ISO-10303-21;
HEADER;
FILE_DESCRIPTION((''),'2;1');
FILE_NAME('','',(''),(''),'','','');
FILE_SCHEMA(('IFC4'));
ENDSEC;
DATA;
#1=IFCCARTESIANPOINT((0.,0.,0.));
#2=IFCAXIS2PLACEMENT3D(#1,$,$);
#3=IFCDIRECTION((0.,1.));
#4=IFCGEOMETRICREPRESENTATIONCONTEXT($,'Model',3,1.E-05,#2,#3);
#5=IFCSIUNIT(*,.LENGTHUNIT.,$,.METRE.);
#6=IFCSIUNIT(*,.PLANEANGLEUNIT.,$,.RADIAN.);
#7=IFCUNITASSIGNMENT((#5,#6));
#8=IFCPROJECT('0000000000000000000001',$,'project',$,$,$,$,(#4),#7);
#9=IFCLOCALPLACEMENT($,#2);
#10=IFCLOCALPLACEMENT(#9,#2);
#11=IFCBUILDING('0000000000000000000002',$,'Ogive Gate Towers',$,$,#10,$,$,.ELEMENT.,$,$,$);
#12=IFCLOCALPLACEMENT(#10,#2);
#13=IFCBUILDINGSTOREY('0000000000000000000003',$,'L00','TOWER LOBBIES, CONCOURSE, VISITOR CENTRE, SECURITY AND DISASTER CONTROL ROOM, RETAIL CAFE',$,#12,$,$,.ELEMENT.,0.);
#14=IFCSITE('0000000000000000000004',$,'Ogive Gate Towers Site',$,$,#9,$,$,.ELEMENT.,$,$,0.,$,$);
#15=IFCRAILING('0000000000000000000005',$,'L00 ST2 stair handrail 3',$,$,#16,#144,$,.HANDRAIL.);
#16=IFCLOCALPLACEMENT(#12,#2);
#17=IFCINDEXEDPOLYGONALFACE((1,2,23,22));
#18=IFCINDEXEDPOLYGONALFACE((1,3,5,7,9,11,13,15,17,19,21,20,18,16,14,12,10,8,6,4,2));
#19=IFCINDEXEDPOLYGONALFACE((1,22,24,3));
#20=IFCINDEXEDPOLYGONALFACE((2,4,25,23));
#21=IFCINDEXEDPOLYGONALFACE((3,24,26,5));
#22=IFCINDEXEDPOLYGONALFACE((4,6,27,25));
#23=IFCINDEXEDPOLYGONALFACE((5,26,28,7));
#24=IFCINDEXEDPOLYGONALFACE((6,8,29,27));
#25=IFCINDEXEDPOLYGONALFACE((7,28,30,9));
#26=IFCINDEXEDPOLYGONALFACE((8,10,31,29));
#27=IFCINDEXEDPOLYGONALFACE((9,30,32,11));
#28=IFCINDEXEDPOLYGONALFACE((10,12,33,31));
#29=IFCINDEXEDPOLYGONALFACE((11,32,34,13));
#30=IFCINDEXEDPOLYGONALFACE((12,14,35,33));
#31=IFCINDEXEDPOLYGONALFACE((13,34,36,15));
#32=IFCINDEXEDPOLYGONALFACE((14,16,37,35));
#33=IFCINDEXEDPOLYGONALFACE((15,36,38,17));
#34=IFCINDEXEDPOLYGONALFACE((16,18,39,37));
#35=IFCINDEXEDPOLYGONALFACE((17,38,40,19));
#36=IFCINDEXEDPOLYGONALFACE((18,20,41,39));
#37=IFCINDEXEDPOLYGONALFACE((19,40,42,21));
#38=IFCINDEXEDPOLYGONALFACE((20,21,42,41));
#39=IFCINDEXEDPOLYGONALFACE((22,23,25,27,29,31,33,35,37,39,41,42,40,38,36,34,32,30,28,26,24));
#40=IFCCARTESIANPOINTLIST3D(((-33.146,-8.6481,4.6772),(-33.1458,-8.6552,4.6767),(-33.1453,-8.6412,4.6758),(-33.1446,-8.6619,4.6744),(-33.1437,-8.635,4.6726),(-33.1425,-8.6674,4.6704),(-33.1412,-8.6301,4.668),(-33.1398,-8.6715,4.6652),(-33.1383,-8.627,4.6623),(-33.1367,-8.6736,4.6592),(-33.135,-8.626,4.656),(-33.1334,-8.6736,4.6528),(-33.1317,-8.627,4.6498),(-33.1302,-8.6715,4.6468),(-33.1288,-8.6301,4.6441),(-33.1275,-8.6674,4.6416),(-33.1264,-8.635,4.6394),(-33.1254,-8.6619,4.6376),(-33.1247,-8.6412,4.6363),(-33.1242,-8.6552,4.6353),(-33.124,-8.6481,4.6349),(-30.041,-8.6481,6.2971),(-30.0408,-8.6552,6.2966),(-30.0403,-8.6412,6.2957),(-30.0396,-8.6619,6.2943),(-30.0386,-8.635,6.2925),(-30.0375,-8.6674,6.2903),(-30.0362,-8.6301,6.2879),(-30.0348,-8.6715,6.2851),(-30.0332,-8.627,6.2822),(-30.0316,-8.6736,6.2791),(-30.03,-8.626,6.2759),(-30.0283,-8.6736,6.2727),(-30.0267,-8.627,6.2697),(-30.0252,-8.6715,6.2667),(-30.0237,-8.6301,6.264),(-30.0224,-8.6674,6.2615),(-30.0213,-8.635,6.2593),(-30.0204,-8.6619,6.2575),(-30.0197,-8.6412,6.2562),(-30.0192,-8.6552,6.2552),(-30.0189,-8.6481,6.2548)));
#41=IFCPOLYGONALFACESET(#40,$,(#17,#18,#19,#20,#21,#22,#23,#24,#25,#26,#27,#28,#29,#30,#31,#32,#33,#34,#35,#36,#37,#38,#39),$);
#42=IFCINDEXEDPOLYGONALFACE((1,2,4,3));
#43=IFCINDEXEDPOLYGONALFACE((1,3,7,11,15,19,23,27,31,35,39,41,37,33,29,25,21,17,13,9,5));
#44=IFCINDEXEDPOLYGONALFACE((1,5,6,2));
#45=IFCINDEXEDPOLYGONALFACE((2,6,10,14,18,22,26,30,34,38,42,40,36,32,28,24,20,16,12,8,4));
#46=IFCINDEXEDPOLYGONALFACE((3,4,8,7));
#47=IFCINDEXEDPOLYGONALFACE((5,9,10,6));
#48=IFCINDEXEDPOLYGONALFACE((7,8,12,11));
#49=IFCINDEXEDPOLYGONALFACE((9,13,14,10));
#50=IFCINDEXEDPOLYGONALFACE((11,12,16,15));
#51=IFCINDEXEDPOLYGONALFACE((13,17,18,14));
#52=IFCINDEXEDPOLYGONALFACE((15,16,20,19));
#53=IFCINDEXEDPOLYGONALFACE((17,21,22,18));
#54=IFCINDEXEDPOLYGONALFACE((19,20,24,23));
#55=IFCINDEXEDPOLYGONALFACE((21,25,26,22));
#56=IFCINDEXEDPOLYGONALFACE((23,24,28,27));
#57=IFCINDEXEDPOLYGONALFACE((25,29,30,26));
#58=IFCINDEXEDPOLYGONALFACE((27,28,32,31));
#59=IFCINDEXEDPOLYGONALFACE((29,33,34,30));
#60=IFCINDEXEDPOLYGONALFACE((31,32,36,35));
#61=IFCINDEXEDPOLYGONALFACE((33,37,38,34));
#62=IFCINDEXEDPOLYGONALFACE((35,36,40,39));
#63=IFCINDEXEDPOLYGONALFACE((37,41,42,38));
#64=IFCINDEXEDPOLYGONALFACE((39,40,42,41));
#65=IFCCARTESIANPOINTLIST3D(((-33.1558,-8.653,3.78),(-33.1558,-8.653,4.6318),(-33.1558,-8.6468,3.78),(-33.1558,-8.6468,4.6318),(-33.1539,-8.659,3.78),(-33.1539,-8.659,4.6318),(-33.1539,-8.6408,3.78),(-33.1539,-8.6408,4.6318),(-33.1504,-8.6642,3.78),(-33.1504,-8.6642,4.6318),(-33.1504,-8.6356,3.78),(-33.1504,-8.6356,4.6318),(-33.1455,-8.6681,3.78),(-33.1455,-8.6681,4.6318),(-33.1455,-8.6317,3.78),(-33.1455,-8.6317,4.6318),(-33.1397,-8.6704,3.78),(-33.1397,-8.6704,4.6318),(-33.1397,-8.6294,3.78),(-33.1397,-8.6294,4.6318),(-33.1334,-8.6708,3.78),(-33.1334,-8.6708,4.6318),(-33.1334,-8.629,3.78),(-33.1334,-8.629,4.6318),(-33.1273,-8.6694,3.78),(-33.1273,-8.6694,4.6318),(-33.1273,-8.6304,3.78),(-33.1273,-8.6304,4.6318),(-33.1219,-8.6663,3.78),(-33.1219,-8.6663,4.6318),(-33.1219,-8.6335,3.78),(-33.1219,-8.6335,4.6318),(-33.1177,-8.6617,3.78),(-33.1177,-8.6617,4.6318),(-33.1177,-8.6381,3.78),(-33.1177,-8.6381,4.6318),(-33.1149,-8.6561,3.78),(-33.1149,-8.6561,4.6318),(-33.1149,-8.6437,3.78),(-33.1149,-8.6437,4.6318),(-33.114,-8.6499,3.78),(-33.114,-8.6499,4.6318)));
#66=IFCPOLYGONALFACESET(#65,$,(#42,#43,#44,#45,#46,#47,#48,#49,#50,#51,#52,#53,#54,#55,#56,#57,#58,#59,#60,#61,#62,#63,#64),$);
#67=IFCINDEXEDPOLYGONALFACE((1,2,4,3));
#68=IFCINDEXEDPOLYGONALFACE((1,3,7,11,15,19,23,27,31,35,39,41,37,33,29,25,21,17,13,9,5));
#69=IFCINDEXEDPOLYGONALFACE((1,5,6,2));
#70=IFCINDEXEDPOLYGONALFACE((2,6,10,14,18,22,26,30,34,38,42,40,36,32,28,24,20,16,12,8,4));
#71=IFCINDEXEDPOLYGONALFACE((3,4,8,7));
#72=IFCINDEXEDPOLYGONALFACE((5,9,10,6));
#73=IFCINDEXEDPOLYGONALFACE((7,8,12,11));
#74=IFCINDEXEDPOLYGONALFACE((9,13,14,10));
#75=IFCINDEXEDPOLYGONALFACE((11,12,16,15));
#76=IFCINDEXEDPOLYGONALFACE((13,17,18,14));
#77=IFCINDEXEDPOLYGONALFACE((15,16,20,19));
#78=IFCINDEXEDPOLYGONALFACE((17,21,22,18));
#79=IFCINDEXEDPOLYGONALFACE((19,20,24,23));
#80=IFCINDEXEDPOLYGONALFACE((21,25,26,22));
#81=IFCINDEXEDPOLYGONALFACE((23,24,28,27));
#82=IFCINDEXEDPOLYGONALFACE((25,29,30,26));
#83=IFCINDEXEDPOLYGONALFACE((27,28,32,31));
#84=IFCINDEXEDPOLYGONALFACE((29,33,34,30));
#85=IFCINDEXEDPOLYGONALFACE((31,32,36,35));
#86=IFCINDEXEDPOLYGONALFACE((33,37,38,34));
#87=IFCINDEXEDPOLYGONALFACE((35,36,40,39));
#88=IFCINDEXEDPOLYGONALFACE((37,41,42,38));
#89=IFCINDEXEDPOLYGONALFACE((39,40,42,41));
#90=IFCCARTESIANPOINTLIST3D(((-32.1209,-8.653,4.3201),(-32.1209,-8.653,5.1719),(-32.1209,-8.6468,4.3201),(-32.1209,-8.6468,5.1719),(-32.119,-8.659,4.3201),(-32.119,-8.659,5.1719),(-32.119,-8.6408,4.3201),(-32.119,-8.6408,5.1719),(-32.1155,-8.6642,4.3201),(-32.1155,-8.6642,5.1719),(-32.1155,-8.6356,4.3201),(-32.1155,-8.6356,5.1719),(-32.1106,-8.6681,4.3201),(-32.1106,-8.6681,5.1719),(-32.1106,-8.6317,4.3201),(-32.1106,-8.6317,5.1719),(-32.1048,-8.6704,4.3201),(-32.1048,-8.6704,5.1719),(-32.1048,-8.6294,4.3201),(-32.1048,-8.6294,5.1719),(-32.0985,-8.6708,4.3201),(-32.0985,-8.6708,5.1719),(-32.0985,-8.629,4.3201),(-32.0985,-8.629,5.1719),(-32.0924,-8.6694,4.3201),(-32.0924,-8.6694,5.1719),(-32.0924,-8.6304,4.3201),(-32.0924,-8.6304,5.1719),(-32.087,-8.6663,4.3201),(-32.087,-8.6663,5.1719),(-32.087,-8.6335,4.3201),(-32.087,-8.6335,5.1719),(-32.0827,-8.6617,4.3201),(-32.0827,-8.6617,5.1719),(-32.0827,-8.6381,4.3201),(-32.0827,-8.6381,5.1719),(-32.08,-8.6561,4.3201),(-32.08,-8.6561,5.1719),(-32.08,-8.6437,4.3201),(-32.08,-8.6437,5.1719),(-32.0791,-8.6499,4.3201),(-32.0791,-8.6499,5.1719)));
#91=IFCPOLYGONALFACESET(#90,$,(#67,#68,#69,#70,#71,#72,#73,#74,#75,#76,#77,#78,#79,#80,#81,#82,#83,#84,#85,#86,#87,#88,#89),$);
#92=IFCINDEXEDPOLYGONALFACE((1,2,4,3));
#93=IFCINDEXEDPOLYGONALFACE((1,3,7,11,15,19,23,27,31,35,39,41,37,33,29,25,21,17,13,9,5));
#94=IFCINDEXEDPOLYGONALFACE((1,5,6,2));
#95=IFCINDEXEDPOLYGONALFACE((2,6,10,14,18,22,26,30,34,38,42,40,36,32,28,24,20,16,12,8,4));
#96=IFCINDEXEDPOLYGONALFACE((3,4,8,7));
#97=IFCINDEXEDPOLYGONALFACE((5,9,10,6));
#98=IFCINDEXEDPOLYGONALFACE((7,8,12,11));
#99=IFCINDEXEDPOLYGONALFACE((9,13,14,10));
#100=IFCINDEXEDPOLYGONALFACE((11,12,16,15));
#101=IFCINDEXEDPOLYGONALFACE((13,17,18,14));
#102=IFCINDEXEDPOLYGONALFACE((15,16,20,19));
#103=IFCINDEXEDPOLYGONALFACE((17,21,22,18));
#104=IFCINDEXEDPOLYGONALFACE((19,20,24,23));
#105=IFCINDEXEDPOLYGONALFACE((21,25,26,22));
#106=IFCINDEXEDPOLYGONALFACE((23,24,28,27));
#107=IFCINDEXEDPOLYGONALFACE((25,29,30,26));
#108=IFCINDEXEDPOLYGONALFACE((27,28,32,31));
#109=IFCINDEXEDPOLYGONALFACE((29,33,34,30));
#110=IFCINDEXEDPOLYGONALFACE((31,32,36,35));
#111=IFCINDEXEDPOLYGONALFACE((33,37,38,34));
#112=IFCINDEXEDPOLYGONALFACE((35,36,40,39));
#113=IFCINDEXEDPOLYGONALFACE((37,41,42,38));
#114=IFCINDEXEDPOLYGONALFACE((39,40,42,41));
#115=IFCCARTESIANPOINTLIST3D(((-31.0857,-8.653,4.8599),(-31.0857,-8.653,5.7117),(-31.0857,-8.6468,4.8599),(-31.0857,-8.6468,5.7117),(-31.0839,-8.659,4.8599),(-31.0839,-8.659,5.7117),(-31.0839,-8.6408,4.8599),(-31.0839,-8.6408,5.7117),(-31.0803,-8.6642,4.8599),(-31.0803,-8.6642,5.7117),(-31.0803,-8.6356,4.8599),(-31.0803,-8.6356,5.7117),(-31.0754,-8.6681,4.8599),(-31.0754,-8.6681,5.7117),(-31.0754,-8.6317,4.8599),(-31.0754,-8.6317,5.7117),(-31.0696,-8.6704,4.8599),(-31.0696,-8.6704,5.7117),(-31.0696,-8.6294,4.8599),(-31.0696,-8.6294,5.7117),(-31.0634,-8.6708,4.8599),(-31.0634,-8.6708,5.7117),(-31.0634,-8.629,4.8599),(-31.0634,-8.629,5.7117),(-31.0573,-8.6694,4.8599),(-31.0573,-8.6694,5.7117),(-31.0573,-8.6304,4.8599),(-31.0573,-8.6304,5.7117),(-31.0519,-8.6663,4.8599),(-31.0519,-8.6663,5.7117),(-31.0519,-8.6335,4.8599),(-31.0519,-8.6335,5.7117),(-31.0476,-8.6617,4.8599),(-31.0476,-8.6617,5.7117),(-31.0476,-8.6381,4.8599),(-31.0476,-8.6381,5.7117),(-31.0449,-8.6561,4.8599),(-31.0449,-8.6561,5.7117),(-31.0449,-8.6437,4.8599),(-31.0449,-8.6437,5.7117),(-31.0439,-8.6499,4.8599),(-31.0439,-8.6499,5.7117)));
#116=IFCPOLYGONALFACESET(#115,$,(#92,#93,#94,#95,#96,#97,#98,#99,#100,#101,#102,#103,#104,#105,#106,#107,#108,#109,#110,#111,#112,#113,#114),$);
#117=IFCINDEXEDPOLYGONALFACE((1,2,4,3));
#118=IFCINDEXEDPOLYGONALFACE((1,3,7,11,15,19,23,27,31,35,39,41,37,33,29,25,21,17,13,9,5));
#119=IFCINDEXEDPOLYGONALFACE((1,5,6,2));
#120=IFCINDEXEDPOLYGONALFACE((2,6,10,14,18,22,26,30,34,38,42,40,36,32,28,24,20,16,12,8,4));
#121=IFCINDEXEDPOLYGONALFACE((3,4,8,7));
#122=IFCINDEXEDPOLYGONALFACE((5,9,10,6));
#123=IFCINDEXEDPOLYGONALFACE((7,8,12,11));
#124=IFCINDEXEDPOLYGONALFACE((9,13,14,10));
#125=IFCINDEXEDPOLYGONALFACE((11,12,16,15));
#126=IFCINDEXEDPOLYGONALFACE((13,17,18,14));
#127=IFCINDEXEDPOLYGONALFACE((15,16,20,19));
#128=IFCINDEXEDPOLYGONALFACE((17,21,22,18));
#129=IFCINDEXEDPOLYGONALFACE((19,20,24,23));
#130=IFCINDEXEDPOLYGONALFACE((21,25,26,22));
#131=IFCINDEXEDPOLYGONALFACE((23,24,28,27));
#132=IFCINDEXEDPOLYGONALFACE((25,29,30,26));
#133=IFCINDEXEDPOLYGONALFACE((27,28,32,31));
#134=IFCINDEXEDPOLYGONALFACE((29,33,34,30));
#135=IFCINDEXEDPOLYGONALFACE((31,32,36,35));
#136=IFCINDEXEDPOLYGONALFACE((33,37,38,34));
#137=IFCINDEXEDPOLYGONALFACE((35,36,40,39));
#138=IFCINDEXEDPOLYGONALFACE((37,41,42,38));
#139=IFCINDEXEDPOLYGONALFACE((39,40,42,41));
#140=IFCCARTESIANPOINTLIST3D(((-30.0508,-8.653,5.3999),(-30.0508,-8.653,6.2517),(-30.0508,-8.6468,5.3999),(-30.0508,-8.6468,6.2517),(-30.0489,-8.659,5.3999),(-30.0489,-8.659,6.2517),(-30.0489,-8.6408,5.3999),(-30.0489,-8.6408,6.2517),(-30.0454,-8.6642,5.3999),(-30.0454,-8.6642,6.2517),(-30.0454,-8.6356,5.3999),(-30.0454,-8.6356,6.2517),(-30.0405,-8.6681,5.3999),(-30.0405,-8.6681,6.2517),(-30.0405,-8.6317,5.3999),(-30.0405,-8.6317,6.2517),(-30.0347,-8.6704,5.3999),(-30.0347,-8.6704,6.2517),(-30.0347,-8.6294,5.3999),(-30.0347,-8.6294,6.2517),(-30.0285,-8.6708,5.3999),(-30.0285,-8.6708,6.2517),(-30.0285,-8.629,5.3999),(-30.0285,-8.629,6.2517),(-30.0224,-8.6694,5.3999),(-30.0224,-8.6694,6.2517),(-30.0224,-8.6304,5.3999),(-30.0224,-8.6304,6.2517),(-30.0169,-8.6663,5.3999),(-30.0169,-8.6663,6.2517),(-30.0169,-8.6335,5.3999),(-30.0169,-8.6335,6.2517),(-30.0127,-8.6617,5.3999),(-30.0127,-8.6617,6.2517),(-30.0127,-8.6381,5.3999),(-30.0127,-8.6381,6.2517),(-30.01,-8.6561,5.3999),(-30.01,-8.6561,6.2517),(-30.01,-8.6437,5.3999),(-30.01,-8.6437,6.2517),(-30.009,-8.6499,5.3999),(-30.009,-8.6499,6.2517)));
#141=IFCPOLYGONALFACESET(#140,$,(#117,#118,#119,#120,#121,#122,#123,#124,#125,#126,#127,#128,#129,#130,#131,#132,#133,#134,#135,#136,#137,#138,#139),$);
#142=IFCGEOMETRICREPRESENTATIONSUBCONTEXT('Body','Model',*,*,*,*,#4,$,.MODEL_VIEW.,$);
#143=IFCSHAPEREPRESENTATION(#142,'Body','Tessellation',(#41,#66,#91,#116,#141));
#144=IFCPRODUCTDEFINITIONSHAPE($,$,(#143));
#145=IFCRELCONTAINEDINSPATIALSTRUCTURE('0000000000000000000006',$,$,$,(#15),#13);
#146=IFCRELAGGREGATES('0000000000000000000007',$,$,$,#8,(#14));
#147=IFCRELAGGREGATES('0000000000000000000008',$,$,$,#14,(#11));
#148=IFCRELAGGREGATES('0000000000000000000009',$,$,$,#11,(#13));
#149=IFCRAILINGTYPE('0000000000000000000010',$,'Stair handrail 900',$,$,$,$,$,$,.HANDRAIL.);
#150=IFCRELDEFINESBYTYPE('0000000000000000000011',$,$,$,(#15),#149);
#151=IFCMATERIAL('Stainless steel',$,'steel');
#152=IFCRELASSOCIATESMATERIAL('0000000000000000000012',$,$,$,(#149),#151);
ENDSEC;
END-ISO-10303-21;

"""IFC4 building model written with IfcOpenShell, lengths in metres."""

from ifc_helpers import new_model, si_unit, direction, frame, origin, origin_2d, place, context, subcontext, project, spatial, circle, extrude, material, type_object, element, save


model = new_model("IFC4")

# Units and contexts
model_context = context("Model", 3, precision=1e-05, world=origin(), true_north=direction((0.0, 1.0)))
body_context = subcontext(model_context, "Body", "Model", "MODEL_VIEW")
ifc_project = project(units=[si_unit("LENGTHUNIT", "METRE"), si_unit("PLANEANGLEUNIT", "RADIAN")], contexts=[model_context])

# Site, building, storey
site_placement = place(None, origin())
site = spatial("IfcSite", under=ifc_project, at=site_placement, Name="Ogive Gate Towers Site", CompositionType="ELEMENT", RefElevation=0.0)
building_placement = place(site_placement, origin())
building = spatial("IfcBuilding", under=site, at=building_placement, Name="Ogive Gate Towers", CompositionType="ELEMENT")
storey_placement = place(building_placement, origin())
storey = spatial("IfcBuildingStorey", under=building, at=storey_placement, Name="L00", Description="TOWER LOBBIES, CONCOURSE, VISITOR CENTRE, SECURITY AND DISASTER CONTROL ROOM, RETAIL CAFE", CompositionType="ELEMENT", Elevation=0.0)

# Railing
ifc_material_1 = material(Name="Stainless steel", Category="steel")
railing_type_1 = type_object("IfcRailingType", Name="Stair handrail 900", PredefinedType="HANDRAIL", material=ifc_material_1)
railing_1_placement = place(storey_placement, frame((-33.135, -8.6499, 3.78)))
element("IfcRailing", 1, at=railing_1_placement, inside=storey, type_object=railing_type_1, Name="L00 ST2 stair handrail 3", PredefinedType="HANDRAIL", context=body_context, shape_type="SweptSolid", body=[
    extrude(circle(Radius=0.0239, at=origin_2d()), frame((0.0, 0.0, 0.876), z_axis=(0.886599, 0.0, 0.46254), x_axis=(0.0, 1.0, 0.0)), (0.0, 0.0, 1.0), 3.5022),
    extrude(circle(Radius=0.021, at=origin_2d()), origin(), (0.0, 0.0, 1.0), 0.8518),
    extrude(circle(Radius=0.021, at=origin_2d()), frame((1.0349, 0.0, 0.54)), (0.0, 0.0, 1.0), 0.8518),
    extrude(circle(Radius=0.021, at=origin_2d()), frame((2.0701, 0.0, 1.0798)), (0.0, 0.0, 1.0), 0.8518),
    extrude(circle(Radius=0.021, at=origin_2d()), frame((3.105, 0.0, 1.6199)), (0.0, 0.0, 1.0), 0.8518),
])

save(model, "model.ifc")
